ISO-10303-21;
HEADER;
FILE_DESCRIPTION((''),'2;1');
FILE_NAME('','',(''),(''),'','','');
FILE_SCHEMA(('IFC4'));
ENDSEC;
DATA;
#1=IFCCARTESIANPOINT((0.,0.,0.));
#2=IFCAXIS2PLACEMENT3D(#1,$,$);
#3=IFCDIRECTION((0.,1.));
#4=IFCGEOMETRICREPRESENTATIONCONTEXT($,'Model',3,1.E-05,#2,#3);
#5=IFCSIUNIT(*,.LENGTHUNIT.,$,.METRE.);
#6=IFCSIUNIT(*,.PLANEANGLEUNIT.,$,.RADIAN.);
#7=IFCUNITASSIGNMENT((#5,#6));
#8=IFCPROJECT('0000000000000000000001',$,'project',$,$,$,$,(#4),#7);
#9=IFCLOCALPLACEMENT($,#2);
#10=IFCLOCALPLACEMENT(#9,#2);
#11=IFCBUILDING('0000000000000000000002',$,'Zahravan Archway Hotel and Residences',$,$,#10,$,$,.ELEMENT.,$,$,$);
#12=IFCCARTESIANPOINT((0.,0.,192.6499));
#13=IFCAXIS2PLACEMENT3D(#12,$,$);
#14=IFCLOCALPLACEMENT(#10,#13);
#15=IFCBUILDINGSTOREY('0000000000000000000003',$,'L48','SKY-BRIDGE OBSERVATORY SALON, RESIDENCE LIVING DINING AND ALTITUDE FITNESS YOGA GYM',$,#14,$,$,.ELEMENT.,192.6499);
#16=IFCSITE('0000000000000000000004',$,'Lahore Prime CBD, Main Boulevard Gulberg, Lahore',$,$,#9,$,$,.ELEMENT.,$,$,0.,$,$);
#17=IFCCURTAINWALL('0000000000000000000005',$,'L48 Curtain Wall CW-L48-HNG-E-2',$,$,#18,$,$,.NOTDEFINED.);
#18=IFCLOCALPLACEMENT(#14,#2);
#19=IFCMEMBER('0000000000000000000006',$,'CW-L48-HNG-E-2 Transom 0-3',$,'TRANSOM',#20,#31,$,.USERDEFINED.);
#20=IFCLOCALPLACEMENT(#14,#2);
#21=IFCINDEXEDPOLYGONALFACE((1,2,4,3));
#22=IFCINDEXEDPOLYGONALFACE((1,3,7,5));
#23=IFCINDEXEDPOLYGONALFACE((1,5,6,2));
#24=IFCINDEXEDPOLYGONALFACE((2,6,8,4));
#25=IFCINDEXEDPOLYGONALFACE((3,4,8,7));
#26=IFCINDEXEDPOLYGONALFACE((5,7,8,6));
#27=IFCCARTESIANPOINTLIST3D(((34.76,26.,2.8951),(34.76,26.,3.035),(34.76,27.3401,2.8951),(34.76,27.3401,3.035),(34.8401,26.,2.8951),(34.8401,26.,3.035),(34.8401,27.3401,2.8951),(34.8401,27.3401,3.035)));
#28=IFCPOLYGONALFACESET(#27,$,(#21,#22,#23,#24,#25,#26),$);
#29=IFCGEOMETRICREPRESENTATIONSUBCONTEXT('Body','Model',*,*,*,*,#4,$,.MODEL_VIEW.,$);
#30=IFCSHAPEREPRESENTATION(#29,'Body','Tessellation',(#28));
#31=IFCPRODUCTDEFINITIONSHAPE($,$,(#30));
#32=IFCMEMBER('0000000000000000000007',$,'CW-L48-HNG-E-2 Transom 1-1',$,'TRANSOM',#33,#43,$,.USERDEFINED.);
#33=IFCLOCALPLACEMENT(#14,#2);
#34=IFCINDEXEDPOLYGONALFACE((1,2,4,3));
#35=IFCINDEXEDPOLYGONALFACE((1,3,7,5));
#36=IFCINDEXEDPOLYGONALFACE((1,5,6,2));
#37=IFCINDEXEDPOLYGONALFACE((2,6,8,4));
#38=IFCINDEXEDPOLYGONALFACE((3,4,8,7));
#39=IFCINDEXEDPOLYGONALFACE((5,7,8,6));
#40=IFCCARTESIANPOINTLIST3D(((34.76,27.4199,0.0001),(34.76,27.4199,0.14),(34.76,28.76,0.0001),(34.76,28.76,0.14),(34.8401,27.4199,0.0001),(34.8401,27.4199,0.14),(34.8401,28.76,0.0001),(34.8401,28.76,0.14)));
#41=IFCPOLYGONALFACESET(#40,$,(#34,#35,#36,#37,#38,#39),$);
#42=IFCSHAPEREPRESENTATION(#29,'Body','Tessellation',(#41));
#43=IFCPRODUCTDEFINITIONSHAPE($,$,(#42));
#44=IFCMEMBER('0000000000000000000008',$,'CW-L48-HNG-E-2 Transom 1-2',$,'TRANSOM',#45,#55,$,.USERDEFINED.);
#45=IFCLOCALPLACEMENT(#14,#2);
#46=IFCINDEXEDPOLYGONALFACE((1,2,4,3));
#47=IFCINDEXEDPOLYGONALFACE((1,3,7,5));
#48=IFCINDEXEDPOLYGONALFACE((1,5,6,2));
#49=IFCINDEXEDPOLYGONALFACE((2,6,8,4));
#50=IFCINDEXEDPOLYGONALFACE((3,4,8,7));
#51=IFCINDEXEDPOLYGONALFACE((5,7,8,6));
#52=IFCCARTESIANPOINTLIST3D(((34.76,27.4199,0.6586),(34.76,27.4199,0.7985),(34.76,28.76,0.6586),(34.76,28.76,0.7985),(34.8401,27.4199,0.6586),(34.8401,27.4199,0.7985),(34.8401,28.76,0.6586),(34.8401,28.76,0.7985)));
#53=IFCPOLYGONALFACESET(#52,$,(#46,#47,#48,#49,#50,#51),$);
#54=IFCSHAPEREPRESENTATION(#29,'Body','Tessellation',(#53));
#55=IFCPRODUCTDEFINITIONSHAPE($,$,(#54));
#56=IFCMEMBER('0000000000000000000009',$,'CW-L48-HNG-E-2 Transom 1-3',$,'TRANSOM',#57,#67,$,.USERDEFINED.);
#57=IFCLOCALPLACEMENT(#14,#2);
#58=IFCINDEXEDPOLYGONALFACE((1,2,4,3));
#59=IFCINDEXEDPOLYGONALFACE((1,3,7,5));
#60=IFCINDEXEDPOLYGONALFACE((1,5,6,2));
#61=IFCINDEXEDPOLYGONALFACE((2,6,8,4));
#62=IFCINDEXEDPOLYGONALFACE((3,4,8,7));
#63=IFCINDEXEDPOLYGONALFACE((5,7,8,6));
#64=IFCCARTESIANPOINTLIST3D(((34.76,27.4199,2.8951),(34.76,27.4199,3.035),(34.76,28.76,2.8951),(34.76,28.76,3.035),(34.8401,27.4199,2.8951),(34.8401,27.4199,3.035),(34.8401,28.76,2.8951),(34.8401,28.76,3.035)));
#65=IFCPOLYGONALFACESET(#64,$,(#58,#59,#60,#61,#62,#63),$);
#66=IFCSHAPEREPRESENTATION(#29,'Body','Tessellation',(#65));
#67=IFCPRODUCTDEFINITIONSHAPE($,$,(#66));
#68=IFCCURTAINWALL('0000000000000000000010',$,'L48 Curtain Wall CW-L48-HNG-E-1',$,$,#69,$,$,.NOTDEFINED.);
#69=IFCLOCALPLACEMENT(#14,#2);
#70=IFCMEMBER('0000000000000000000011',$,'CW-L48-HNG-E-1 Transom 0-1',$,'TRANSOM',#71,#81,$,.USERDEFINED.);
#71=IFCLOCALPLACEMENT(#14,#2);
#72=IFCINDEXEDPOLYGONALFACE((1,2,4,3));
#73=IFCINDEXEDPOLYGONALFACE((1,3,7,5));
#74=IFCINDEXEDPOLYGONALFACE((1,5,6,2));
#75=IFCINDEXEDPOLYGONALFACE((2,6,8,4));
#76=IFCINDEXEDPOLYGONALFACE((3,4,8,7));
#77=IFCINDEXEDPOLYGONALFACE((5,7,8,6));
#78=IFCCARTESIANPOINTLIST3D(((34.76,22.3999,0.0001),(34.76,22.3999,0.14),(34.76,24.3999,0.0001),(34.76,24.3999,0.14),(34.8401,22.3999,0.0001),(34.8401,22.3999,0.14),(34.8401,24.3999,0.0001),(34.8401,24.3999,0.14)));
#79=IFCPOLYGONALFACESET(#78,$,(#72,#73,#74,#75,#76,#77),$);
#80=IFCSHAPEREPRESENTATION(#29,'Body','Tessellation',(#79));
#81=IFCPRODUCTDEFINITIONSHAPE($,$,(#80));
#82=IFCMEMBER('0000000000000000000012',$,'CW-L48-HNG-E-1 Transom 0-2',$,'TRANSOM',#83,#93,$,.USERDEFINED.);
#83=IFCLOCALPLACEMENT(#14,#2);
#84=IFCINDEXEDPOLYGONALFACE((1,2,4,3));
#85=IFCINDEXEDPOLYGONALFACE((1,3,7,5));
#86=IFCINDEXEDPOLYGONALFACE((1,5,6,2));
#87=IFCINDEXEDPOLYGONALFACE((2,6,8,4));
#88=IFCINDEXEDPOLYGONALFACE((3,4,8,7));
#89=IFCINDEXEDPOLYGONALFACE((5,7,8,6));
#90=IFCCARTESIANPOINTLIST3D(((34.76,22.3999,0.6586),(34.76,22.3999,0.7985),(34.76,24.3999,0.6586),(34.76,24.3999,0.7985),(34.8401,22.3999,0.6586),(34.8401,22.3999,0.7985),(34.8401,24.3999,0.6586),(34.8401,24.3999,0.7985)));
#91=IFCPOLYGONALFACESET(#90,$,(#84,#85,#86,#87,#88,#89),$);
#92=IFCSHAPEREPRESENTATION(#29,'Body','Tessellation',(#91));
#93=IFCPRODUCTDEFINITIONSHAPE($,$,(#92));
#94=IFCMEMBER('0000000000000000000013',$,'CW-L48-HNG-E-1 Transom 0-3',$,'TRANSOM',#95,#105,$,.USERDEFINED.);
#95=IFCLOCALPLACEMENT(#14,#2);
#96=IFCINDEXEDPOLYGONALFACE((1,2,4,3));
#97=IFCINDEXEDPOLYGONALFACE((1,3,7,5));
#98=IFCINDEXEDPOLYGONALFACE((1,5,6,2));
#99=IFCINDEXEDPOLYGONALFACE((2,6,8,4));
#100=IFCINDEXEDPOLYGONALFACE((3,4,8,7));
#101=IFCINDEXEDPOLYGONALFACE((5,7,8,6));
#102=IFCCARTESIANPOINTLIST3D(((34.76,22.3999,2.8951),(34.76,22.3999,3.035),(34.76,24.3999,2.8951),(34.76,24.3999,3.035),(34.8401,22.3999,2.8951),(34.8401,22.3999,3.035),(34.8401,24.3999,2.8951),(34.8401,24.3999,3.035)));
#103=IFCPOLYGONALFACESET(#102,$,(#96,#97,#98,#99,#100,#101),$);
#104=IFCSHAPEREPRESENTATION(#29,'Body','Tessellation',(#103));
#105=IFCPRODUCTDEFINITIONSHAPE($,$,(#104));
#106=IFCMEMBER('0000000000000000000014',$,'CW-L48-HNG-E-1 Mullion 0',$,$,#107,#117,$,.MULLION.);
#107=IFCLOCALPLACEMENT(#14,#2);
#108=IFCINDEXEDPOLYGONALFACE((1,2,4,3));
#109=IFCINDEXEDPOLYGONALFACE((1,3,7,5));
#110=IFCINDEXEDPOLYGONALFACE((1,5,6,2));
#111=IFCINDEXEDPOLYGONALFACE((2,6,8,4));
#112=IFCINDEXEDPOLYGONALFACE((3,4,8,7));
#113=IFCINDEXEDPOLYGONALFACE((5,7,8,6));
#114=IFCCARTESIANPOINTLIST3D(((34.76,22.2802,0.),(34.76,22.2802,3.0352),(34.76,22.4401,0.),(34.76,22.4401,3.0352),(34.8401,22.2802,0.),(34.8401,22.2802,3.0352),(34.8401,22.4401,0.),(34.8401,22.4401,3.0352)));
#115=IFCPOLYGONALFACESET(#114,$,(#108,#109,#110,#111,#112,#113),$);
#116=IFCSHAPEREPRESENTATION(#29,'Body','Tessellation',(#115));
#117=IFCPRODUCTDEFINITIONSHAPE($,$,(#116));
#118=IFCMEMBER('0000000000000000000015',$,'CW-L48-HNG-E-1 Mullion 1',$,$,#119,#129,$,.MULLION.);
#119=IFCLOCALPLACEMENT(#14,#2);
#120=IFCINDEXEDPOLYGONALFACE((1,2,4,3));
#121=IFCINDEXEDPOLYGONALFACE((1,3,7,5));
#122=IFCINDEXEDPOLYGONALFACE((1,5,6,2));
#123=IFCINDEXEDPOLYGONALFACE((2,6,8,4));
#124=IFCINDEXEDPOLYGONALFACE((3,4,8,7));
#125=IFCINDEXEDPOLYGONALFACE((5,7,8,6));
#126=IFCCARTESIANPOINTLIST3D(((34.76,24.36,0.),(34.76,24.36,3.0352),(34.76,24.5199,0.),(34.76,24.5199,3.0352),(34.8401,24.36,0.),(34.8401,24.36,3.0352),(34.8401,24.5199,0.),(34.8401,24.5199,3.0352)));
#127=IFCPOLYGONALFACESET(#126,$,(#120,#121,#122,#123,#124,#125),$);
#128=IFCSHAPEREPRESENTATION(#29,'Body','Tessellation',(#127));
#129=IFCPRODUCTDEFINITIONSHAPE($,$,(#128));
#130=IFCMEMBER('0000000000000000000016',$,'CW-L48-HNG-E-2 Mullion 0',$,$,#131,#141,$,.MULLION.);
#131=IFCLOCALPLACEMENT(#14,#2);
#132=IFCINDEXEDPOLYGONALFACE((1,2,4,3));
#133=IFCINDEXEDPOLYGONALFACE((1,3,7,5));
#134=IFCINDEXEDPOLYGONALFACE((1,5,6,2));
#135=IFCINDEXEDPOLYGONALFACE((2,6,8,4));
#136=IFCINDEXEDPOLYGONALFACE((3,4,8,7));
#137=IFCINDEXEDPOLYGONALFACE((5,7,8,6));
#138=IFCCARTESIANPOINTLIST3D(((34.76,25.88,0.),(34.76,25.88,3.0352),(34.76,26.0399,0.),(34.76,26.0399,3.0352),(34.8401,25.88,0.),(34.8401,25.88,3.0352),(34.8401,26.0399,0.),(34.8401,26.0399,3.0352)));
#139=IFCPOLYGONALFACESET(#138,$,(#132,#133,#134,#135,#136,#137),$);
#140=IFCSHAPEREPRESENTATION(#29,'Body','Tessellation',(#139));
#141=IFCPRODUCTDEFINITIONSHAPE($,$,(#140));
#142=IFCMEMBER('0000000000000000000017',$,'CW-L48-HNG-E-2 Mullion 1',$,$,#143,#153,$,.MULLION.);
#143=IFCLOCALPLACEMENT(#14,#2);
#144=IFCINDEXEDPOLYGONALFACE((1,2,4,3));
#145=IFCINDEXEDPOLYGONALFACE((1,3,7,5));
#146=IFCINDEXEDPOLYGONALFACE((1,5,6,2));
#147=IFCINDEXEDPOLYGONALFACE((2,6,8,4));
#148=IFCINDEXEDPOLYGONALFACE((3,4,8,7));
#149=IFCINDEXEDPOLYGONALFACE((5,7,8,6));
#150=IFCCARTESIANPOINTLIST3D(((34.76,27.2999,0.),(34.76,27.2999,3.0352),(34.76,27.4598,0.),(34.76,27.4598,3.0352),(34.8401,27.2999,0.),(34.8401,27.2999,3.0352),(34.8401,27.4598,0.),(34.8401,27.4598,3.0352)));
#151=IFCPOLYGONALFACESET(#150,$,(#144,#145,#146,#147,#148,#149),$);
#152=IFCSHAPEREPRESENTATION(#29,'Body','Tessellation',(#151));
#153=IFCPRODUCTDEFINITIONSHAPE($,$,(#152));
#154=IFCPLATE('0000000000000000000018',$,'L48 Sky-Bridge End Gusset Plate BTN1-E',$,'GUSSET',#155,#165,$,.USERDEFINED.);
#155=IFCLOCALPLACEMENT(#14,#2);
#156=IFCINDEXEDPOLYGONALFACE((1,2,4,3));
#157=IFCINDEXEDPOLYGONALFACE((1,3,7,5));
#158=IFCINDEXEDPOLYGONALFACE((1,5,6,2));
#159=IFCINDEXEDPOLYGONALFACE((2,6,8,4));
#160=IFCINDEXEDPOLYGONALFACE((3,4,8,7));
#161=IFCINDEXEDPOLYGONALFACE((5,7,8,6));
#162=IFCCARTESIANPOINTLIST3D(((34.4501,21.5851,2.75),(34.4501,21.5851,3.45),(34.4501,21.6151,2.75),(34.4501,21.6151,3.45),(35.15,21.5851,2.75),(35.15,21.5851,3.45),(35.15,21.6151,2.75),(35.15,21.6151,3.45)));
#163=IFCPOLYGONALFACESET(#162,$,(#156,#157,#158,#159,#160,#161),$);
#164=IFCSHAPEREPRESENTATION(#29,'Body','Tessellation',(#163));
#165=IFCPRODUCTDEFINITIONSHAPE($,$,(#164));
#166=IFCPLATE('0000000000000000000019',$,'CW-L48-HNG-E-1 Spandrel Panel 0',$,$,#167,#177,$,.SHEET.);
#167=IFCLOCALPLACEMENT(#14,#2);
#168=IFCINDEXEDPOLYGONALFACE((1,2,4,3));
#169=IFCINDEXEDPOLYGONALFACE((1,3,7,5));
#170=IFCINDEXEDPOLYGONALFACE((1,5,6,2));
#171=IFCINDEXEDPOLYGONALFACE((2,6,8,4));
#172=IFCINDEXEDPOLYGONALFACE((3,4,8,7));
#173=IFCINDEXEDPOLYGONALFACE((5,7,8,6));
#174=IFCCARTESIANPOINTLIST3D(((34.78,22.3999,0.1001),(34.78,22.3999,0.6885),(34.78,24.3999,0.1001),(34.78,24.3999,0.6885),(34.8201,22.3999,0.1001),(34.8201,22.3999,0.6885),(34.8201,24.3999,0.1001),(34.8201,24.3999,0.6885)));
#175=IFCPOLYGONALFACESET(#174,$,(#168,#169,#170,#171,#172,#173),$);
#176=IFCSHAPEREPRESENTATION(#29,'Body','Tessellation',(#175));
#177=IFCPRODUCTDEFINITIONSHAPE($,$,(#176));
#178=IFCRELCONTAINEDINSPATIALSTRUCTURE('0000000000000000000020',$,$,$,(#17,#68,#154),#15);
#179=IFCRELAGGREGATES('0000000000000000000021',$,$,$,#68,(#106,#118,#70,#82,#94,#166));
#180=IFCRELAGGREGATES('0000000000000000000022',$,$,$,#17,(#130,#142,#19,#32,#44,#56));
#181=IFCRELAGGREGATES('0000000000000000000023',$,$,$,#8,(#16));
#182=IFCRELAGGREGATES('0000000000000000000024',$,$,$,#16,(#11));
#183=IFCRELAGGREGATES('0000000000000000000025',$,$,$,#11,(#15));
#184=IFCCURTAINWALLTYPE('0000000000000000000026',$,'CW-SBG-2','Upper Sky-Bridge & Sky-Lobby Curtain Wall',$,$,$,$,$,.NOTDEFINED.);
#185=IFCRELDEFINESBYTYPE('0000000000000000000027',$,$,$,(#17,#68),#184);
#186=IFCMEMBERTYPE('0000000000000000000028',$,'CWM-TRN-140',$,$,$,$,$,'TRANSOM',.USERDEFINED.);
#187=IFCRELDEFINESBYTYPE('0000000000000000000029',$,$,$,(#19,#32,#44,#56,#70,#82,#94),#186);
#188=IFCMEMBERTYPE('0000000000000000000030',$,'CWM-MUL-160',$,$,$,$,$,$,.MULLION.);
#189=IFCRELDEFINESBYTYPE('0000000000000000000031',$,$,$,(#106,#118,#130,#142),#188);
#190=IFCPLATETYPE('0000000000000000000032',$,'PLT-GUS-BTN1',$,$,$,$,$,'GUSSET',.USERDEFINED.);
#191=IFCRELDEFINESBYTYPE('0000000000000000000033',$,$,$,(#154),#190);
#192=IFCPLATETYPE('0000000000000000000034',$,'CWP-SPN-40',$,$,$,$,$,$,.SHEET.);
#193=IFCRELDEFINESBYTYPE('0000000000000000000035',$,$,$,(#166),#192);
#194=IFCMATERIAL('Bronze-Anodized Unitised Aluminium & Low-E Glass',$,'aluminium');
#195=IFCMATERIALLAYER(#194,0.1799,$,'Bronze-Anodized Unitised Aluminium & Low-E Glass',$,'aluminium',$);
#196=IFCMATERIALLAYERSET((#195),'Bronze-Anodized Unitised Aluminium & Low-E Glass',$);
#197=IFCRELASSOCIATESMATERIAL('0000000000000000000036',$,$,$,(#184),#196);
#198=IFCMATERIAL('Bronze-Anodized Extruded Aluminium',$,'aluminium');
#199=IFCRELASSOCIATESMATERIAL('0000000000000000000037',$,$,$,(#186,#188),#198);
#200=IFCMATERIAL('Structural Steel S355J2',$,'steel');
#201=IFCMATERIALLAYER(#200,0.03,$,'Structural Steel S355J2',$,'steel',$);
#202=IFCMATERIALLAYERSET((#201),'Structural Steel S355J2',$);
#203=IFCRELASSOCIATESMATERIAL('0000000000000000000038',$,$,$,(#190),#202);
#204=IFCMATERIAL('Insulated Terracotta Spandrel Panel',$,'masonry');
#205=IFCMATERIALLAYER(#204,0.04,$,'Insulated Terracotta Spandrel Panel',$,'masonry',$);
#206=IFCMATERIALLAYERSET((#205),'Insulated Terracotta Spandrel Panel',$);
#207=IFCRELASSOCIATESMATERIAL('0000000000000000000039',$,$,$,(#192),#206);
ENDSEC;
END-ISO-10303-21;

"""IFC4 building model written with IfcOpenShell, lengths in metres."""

from ifc_helpers import new_model, si_unit, direction, frame, origin, origin_2d, place, context, subcontext, project, spatial, rectangle, extrude, source, transform, mapped, material, layer, layer_set, material_profile, profile_set, type_object, type_shapes, element, aggregate, save


model = new_model("IFC4")

# Units and contexts
model_context = context("Model", 3, precision=1e-05, world=origin(), true_north=direction((0.0, 1.0)))
body_context = subcontext(model_context, "Body", "Model", "MODEL_VIEW")
ifc_project = project(units=[si_unit("LENGTHUNIT", "METRE"), si_unit("PLANEANGLEUNIT", "RADIAN")], contexts=[model_context])

# Site, building, storey
site_placement = place(None, origin())
site = spatial("IfcSite", under=ifc_project, at=site_placement, Name="Lahore Prime CBD, Main Boulevard Gulberg, Lahore", CompositionType="ELEMENT", RefElevation=0.0)
building_placement = place(site_placement, origin())
building = spatial("IfcBuilding", under=site, at=building_placement, Name="Zahravan Archway Hotel and Residences", CompositionType="ELEMENT")
storey_placement = place(building_placement, frame((0.0, 0.0, 192.6499)))
storey = spatial("IfcBuildingStorey", under=building, at=storey_placement, Name="L48", Description="SKY-BRIDGE OBSERVATORY SALON, RESIDENCE LIVING DINING AND ALTITUDE FITNESS YOGA GYM", CompositionType="ELEMENT", Elevation=192.6499)

# Curtain walls, members
ifc_material_1 = material(Name="Bronze-Anodized Unitised Aluminium & Low-E Glass", Category="aluminium")
ifc_layer_1 = layer(ifc_material_1, 0.1799, Name="Bronze-Anodized Unitised Aluminium & Low-E Glass", Category="aluminium")
ifc_layer_set_1 = layer_set([ifc_layer_1], Name="Bronze-Anodized Unitised Aluminium & Low-E Glass")
curtain_wall_type = type_object("IfcCurtainWallType", Name="CW-SBG-2", Description="Upper Sky-Bridge & Sky-Lobby Curtain Wall", PredefinedType="NOTDEFINED", material=ifc_layer_set_1)
curtain_wall_1_placement = place(storey_placement, origin())
curtain_wall_1 = element("IfcCurtainWall", 1, at=curtain_wall_1_placement, inside=storey, type_object=curtain_wall_type, Name="L48 Curtain Wall CW-L48-HNG-E-2", PredefinedType="NOTDEFINED")
ifc_material_2 = material(Name="Bronze-Anodized Extruded Aluminium", Category="aluminium")
ifc_material_profile_1 = material_profile(ifc_material_2, rectangle(XDim=0.0801, YDim=0.1399, at=origin_2d()), Name="TRN 80x140", Category="aluminium")
ifc_profile_set_1 = profile_set([ifc_material_profile_1], Name="Bronze-Anodized Extruded Aluminium")
member_type_1 = type_object("IfcMemberType", Name="CWM-TRN-140", ElementType="TRANSOM", PredefinedType="USERDEFINED", material=ifc_profile_set_1)
shared_shape_1 = source(origin(), body_context, "Body", "SweptSolid", [
    extrude(rectangle(XDim=0.0801, YDim=0.1399, at=origin_2d()), origin(), (0.0, 0.0, 1.0), 1.3401),
])
member_1_placement = place(storey_placement, frame((34.8, 26.0, 2.9651), z_axis=(0.0, 1.0, 0.0), x_axis=(-1.0, 0.0, 0.0)))
member_1 = element("IfcMember", 2, at=member_1_placement, type_object=member_type_1, Name="CW-L48-HNG-E-2 Transom 0-3", ObjectType="TRANSOM", PredefinedType="USERDEFINED", context=body_context, shape_type="MappedRepresentation", body=[
    mapped(shared_shape_1, transform((0.0, 0.0, 0.0), scale=1.0)),
])
member_2_placement = place(storey_placement, frame((34.8, 27.4199, 0.0701), z_axis=(0.0, 1.0, 0.0), x_axis=(-1.0, 0.0, 0.0)))
member_2 = element("IfcMember", 3, at=member_2_placement, type_object=member_type_1, Name="CW-L48-HNG-E-2 Transom 1-1", ObjectType="TRANSOM", PredefinedType="USERDEFINED", context=body_context, shape_type="MappedRepresentation", body=[
    mapped(shared_shape_1, transform((0.0, 0.0, 0.0), scale=1.0)),
])
member_3_placement = place(storey_placement, frame((34.8, 27.4199, 0.7285), z_axis=(0.0, 1.0, 0.0), x_axis=(-1.0, 0.0, 0.0)))
member_3 = element("IfcMember", 4, at=member_3_placement, type_object=member_type_1, Name="CW-L48-HNG-E-2 Transom 1-2", ObjectType="TRANSOM", PredefinedType="USERDEFINED", context=body_context, shape_type="MappedRepresentation", body=[
    mapped(shared_shape_1, transform((0.0, 0.0, 0.0), scale=1.0)),
])
member_4_placement = place(storey_placement, frame((34.8, 27.4199, 2.9651), z_axis=(0.0, 1.0, 0.0), x_axis=(-1.0, 0.0, 0.0)))
member_4 = element("IfcMember", 5, at=member_4_placement, type_object=member_type_1, Name="CW-L48-HNG-E-2 Transom 1-3", ObjectType="TRANSOM", PredefinedType="USERDEFINED", context=body_context, shape_type="MappedRepresentation", body=[
    mapped(shared_shape_1, transform((0.0, 0.0, 0.0), scale=1.0)),
])
curtain_wall_2_placement = place(storey_placement, origin())
curtain_wall_2 = element("IfcCurtainWall", 6, at=curtain_wall_2_placement, inside=storey, type_object=curtain_wall_type, Name="L48 Curtain Wall CW-L48-HNG-E-1", PredefinedType="NOTDEFINED")
shared_shape_2 = source(origin(), body_context, "Body", "SweptSolid", [
    extrude(rectangle(XDim=0.0801, YDim=0.1399, at=origin_2d()), origin(), (0.0, 0.0, 1.0), 2.0),
])
member_5_placement = place(storey_placement, frame((34.8, 22.3999, 0.0701), z_axis=(0.0, 1.0, 0.0), x_axis=(-1.0, 0.0, 0.0)))
member_5 = element("IfcMember", 7, at=member_5_placement, type_object=member_type_1, Name="CW-L48-HNG-E-1 Transom 0-1", ObjectType="TRANSOM", PredefinedType="USERDEFINED", context=body_context, shape_type="MappedRepresentation", body=[
    mapped(shared_shape_2, transform((0.0, 0.0, 0.0), scale=1.0)),
])
member_6_placement = place(storey_placement, frame((34.8, 22.3999, 0.7285), z_axis=(0.0, 1.0, 0.0), x_axis=(-1.0, 0.0, 0.0)))
member_6 = element("IfcMember", 8, at=member_6_placement, type_object=member_type_1, Name="CW-L48-HNG-E-1 Transom 0-2", ObjectType="TRANSOM", PredefinedType="USERDEFINED", context=body_context, shape_type="MappedRepresentation", body=[
    mapped(shared_shape_2, transform((0.0, 0.0, 0.0), scale=1.0)),
])
member_7_placement = place(storey_placement, frame((34.8, 22.3999, 2.9651), z_axis=(0.0, 1.0, 0.0), x_axis=(-1.0, 0.0, 0.0)))
member_7 = element("IfcMember", 9, at=member_7_placement, type_object=member_type_1, Name="CW-L48-HNG-E-1 Transom 0-3", ObjectType="TRANSOM", PredefinedType="USERDEFINED", context=body_context, shape_type="MappedRepresentation", body=[
    mapped(shared_shape_2, transform((0.0, 0.0, 0.0), scale=1.0)),
])
ifc_material_profile_2 = material_profile(ifc_material_2, rectangle(XDim=0.0801, YDim=0.1599, at=origin_2d()), Name="MUL 80x160", Category="aluminium")
ifc_profile_set_2 = profile_set([ifc_material_profile_2], Name="Bronze-Anodized Extruded Aluminium")
member_type_2 = type_object("IfcMemberType", Name="CWM-MUL-160", PredefinedType="MULLION", material=ifc_profile_set_2)
shared_shape_3 = source(origin(), body_context, "Body", "SweptSolid", [
    extrude(rectangle(XDim=0.0801, YDim=0.1599, at=origin_2d()), origin(), (0.0, 0.0, 1.0), 3.0352),
])
member_8_placement = place(storey_placement, frame((34.8, 22.3601, 0.0), z_axis=(0.0, 0.0, 1.0), x_axis=(1.0, 0.0, 0.0)))
member_8 = element("IfcMember", 10, at=member_8_placement, type_object=member_type_2, Name="CW-L48-HNG-E-1 Mullion 0", PredefinedType="MULLION", context=body_context, shape_type="MappedRepresentation", body=[
    mapped(shared_shape_3, transform((0.0, 0.0, 0.0), scale=1.0)),
])
member_9_placement = place(storey_placement, frame((34.8, 24.4399, 0.0), z_axis=(0.0, 0.0, 1.0), x_axis=(1.0, 0.0, 0.0)))
member_9 = element("IfcMember", 11, at=member_9_placement, type_object=member_type_2, Name="CW-L48-HNG-E-1 Mullion 1", PredefinedType="MULLION", context=body_context, shape_type="MappedRepresentation", body=[
    mapped(shared_shape_3, transform((0.0, 0.0, 0.0), scale=1.0)),
])

# Members
member_10_placement = place(storey_placement, frame((34.8, 25.96, 0.0), z_axis=(0.0, 0.0, 1.0), x_axis=(1.0, 0.0, 0.0)))
member_10 = element("IfcMember", 12, at=member_10_placement, type_object=member_type_2, Name="CW-L48-HNG-E-2 Mullion 0", PredefinedType="MULLION", context=body_context, shape_type="MappedRepresentation", body=[
    mapped(shared_shape_3, transform((0.0, 0.0, 0.0), scale=1.0)),
])
member_11_placement = place(storey_placement, frame((34.8, 27.3799, 0.0), z_axis=(0.0, 0.0, 1.0), x_axis=(1.0, 0.0, 0.0)))
member_11 = element("IfcMember", 13, at=member_11_placement, type_object=member_type_2, Name="CW-L48-HNG-E-2 Mullion 1", PredefinedType="MULLION", context=body_context, shape_type="MappedRepresentation", body=[
    mapped(shared_shape_3, transform((0.0, 0.0, 0.0), scale=1.0)),
])

# Plates
ifc_material_3 = material(Name="Structural Steel S355J2", Category="steel")
ifc_layer_2 = layer(ifc_material_3, 0.03, Name="Structural Steel S355J2", Category="steel")
ifc_layer_set_2 = layer_set([ifc_layer_2], Name="Structural Steel S355J2")
plate_type_1 = type_object("IfcPlateType", Name="PLT-GUS-BTN1", ElementType="GUSSET", PredefinedType="USERDEFINED", material=ifc_layer_set_2)
shared_shape_4 = source(origin(), body_context, "Body", "SweptSolid", [
    extrude(rectangle(XDim=0.7, YDim=0.03, at=origin_2d()), origin(), (0.0, 0.0, 1.0), 0.7),
])
type_shapes(plate_type_1, [shared_shape_4])
plate_1_placement = place(storey_placement, frame((34.8, 21.6001, 2.75), z_axis=(0.0, 0.0, 1.0), x_axis=(1.0, 0.0, 0.0)))
element("IfcPlate", 14, at=plate_1_placement, inside=storey, type_object=plate_type_1, Name="L48 Sky-Bridge End Gusset Plate BTN1-E", ObjectType="GUSSET", PredefinedType="USERDEFINED", context=body_context, shape_type="MappedRepresentation", body=[
    mapped(shared_shape_4, transform((0.0, 0.0, 0.0), scale=1.0)),
])
ifc_material_4 = material(Name="Insulated Terracotta Spandrel Panel", Category="masonry")
ifc_layer_3 = layer(ifc_material_4, 0.04, Name="Insulated Terracotta Spandrel Panel", Category="masonry")
ifc_layer_set_3 = layer_set([ifc_layer_3], Name="Insulated Terracotta Spandrel Panel")
plate_type_2 = type_object("IfcPlateType", Name="CWP-SPN-40", PredefinedType="SHEET", material=ifc_layer_set_3)
shared_shape_5 = source(origin(), body_context, "Body", "SweptSolid", [
    extrude(rectangle(XDim=2.0, YDim=0.04, at=origin_2d()), origin(), (0.0, 0.0, 1.0), 0.5884),
])
plate_2_placement = place(storey_placement, frame((34.8, 23.3999, 0.1001), z_axis=(0.0, 0.0, 1.0), x_axis=(0.0, 1.0, 0.0)))
plate_2 = element("IfcPlate", 15, at=plate_2_placement, type_object=plate_type_2, Name="CW-L48-HNG-E-1 Spandrel Panel 0", PredefinedType="SHEET", context=body_context, shape_type="MappedRepresentation", body=[
    mapped(shared_shape_5, transform((0.0, 0.0, 0.0), scale=1.0)),
])
aggregate(curtain_wall_2, [member_8, member_9, member_5, member_6, member_7, plate_2])
aggregate(curtain_wall_1, [member_10, member_11, member_1, member_2, member_3, member_4])

save(model, "model.ifc")
